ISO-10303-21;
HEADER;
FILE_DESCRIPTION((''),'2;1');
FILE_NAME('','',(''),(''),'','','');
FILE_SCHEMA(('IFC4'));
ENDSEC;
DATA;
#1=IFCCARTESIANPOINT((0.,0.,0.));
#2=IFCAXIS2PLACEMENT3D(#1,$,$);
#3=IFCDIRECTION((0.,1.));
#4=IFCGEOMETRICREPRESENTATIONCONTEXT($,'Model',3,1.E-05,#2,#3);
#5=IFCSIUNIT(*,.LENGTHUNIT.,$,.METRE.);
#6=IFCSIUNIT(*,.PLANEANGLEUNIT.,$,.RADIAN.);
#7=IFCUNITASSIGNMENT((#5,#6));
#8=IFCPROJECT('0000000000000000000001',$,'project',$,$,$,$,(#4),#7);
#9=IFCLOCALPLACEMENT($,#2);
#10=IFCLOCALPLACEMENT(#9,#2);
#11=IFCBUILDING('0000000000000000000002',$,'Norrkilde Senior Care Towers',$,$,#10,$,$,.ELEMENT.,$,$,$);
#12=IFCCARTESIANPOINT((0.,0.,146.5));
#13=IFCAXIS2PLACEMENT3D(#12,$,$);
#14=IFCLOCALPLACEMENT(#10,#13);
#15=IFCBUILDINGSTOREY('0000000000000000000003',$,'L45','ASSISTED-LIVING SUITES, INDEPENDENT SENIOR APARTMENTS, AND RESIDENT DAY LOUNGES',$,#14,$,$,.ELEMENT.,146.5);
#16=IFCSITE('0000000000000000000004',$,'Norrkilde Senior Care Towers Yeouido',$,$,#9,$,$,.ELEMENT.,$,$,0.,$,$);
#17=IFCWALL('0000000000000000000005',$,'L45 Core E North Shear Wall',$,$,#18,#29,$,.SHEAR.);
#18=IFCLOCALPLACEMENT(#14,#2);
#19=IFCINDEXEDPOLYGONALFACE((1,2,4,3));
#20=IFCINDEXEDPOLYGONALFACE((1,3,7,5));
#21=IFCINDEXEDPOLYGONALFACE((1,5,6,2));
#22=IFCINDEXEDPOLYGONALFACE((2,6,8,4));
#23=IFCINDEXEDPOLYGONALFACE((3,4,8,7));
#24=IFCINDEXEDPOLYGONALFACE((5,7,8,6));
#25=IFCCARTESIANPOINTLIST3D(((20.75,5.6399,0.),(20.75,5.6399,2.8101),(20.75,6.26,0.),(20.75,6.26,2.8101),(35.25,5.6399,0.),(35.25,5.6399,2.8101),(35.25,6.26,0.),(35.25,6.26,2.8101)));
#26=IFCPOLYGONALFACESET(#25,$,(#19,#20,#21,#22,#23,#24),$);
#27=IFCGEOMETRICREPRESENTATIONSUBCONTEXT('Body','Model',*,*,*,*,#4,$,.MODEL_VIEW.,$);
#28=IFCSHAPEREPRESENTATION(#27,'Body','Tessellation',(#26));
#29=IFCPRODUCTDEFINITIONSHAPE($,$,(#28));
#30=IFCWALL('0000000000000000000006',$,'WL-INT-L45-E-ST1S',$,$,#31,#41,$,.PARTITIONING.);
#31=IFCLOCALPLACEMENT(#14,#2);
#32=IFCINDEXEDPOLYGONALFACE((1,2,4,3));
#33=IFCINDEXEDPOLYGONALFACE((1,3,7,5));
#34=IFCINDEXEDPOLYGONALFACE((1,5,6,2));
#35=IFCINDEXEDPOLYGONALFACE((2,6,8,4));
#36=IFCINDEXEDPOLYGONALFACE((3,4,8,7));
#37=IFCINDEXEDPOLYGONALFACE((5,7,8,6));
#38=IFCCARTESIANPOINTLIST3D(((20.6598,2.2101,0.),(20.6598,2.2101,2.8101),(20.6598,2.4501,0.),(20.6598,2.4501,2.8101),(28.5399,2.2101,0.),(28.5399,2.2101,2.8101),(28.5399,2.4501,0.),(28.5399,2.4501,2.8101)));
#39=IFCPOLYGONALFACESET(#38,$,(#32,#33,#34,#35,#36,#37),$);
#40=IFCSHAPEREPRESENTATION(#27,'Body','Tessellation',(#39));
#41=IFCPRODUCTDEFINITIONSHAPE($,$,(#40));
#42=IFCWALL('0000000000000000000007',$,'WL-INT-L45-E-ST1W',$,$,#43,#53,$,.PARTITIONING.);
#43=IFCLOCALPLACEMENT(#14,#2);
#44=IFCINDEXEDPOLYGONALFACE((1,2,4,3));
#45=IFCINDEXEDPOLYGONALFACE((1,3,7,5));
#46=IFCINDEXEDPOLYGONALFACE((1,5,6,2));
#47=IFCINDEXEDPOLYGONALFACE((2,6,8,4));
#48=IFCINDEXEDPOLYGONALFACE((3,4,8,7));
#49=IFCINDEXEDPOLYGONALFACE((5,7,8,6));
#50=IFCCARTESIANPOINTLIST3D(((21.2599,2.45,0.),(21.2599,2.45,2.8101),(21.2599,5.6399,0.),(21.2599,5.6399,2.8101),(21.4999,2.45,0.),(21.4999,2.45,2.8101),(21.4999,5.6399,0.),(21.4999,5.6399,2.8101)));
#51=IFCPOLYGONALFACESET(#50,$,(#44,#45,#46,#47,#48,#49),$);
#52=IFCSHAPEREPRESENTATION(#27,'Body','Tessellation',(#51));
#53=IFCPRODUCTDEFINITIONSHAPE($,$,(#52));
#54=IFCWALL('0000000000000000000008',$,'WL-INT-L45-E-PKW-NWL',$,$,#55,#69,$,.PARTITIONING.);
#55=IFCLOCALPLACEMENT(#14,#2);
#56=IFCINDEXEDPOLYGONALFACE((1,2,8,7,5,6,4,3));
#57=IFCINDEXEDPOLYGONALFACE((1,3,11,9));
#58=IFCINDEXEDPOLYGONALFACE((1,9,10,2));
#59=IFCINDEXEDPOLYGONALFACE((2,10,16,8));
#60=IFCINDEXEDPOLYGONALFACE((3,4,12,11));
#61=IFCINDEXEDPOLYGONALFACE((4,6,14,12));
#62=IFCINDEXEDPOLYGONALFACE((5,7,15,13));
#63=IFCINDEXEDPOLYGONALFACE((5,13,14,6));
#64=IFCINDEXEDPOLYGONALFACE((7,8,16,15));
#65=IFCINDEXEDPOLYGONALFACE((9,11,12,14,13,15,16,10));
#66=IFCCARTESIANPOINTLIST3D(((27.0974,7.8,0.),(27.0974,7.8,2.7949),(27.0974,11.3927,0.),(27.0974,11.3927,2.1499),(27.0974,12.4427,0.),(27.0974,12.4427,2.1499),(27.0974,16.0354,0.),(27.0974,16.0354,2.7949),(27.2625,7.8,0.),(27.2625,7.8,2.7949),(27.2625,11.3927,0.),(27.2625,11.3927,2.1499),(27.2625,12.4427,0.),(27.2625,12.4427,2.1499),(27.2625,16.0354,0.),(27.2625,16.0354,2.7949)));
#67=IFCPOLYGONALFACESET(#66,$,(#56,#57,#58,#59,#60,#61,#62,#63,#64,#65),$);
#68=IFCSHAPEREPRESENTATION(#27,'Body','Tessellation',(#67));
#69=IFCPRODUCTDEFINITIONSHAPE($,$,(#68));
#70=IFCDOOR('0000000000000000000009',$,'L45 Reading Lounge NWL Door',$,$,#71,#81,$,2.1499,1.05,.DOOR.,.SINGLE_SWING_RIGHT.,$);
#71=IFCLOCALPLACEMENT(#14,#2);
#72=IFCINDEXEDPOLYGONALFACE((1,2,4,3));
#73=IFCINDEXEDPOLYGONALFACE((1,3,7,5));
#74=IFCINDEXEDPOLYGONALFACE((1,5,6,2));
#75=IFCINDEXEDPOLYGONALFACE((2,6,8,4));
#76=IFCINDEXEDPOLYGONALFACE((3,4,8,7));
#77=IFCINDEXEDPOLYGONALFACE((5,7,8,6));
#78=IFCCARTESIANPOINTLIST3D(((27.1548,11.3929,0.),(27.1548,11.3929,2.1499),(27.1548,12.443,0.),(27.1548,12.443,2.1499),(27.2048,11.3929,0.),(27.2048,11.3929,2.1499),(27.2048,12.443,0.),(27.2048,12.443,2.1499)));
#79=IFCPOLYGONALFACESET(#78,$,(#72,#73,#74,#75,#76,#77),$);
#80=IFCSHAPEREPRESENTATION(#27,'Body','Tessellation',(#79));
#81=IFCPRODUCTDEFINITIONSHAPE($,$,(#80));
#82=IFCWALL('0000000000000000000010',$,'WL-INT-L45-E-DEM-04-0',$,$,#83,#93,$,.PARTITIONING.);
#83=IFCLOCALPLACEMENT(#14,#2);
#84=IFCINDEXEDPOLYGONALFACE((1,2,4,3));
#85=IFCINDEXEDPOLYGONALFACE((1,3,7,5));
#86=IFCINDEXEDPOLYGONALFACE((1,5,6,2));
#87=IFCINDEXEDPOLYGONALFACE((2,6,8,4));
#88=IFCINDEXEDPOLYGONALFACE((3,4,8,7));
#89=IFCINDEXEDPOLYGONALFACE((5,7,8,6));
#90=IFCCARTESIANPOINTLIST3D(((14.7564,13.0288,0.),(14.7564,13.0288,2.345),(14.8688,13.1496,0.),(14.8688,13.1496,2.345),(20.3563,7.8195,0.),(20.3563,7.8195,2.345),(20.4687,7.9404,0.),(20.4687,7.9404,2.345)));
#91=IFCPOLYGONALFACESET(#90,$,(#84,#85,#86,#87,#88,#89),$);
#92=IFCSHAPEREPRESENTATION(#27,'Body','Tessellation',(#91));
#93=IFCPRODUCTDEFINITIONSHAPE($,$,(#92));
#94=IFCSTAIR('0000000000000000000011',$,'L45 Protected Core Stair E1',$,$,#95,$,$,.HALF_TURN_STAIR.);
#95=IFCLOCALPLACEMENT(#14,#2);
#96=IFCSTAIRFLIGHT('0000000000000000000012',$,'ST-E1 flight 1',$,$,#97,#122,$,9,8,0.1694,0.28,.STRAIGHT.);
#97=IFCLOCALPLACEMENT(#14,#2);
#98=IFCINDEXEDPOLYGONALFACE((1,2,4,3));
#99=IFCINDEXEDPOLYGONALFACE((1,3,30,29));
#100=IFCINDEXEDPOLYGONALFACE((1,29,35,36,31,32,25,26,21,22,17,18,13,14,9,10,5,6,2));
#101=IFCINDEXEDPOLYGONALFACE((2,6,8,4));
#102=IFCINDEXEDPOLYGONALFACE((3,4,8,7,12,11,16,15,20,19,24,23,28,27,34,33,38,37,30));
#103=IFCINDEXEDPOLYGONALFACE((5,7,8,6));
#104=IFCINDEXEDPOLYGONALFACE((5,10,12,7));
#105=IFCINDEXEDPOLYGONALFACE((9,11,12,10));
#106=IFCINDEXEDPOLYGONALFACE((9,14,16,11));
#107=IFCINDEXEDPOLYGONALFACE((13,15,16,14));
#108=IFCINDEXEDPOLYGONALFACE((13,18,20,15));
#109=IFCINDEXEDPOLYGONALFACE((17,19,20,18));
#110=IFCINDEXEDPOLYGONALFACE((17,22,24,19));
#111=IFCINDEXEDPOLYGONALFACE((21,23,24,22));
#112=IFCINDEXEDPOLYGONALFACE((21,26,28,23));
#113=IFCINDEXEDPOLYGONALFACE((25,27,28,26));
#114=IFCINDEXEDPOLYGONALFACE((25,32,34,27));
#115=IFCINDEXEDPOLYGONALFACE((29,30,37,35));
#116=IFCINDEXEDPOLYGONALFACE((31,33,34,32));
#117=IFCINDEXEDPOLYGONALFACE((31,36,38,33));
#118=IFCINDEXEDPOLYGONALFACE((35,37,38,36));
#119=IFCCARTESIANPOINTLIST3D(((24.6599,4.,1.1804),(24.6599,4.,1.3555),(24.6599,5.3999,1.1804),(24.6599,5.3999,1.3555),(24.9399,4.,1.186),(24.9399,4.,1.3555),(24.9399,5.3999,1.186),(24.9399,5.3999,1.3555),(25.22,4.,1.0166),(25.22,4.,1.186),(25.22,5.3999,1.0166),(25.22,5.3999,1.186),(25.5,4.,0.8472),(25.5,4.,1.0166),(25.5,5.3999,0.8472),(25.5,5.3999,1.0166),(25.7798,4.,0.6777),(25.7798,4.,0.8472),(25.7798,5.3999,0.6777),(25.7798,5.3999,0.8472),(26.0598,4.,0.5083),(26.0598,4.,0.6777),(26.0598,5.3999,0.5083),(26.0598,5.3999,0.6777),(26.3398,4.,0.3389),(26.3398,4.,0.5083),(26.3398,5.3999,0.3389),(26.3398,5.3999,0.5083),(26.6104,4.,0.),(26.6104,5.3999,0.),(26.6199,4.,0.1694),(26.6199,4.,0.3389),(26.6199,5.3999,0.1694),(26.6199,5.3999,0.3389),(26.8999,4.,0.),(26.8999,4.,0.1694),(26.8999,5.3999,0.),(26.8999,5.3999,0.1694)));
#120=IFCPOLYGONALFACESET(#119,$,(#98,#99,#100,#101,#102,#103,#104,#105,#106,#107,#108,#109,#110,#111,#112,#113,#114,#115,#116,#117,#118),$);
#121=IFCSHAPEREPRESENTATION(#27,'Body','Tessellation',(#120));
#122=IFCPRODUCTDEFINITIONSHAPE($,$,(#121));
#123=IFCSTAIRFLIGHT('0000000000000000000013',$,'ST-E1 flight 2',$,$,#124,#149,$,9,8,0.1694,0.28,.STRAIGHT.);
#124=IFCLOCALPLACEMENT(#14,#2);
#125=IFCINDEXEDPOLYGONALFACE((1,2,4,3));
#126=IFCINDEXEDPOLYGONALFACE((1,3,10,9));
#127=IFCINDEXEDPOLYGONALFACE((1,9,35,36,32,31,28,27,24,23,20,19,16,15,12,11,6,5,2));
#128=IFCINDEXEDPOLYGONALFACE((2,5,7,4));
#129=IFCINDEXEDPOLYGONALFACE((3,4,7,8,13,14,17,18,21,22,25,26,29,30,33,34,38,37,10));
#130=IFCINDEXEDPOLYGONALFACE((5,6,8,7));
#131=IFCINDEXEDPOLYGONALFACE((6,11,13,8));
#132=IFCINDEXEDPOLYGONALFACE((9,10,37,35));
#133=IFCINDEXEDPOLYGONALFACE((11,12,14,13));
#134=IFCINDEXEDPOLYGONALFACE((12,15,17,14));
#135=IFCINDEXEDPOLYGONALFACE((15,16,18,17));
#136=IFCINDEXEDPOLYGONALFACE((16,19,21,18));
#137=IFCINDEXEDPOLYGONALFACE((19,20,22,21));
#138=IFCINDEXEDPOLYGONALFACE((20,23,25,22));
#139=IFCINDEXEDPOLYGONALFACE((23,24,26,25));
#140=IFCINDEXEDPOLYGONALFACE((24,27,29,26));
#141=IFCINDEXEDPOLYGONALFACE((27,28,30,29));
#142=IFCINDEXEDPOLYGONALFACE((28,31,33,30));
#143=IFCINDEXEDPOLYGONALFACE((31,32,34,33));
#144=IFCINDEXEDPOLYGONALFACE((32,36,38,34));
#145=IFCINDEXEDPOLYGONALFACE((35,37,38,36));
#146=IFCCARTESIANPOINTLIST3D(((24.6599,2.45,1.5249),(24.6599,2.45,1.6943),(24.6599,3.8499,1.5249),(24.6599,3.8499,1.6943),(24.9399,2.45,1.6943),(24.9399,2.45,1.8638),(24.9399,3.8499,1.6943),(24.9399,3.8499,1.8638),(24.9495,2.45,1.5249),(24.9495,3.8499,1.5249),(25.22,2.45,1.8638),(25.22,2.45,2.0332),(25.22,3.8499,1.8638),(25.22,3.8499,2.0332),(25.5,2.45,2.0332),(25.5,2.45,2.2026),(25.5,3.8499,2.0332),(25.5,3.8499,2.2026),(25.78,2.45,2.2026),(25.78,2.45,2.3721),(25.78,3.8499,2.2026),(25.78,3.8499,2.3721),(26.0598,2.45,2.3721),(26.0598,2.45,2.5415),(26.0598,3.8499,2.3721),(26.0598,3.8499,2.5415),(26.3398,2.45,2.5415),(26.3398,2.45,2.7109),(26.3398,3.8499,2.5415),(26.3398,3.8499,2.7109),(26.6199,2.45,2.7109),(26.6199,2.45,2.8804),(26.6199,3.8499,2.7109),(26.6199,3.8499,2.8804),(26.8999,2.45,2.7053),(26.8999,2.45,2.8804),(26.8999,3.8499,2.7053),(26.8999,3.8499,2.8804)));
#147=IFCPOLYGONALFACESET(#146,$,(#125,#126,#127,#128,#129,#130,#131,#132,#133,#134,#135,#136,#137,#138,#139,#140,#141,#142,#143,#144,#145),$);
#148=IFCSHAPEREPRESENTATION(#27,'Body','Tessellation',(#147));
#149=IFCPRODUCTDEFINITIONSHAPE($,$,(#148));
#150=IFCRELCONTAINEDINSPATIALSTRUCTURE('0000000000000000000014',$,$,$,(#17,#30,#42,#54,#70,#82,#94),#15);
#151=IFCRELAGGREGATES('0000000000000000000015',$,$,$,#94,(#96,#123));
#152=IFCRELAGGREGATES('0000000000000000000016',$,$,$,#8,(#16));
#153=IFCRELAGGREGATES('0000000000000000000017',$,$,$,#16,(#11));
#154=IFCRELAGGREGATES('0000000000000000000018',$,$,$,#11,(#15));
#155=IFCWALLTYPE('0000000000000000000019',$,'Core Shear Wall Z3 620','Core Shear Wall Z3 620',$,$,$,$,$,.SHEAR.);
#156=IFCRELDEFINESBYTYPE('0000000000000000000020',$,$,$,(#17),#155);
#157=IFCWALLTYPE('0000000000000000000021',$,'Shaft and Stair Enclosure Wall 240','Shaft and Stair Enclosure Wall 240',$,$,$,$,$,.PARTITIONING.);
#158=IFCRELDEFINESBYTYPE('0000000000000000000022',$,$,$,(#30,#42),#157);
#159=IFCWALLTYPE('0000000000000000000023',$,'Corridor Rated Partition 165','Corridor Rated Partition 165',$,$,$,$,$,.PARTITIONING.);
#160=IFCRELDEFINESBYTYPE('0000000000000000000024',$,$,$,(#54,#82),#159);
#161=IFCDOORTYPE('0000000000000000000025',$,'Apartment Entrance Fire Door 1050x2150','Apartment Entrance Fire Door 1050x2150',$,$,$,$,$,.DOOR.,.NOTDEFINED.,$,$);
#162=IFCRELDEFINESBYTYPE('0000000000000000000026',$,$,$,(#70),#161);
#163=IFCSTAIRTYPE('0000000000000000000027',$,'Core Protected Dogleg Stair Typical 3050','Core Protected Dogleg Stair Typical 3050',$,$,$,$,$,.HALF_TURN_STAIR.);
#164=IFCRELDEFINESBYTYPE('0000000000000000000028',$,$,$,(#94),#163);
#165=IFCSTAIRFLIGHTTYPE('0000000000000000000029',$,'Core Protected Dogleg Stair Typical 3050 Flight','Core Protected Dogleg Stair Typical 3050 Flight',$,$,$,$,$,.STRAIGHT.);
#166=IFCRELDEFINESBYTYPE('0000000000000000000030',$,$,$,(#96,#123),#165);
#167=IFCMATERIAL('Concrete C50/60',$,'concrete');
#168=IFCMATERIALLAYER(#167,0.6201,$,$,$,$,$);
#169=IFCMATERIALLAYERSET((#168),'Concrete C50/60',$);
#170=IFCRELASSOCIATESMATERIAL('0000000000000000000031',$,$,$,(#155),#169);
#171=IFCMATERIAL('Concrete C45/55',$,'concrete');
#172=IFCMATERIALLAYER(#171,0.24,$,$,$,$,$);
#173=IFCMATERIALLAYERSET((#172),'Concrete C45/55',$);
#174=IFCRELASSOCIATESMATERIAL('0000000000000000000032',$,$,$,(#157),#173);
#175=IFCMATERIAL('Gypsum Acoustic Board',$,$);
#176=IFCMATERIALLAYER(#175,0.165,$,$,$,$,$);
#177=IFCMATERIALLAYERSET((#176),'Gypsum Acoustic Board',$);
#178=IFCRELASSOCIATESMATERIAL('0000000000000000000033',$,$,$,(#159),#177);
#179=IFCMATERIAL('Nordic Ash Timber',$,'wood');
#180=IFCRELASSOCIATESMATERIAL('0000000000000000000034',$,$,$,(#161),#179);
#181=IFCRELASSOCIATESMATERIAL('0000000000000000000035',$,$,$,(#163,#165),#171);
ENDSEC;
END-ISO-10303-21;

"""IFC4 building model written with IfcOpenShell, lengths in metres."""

from ifc_helpers import new_model, si_unit, direction, frame, frame_2d, origin, place, context, subcontext, project, spatial, polyline, rectangle, outline, extrude, source, transform, mapped, material, layer, layer_set, type_object, type_shapes, element, fill, aggregate, save


model = new_model("IFC4")

# Units and contexts
model_context = context("Model", 3, precision=1e-05, world=origin(), true_north=direction((0.0, 1.0)))
body_context = subcontext(model_context, "Body", "Model", "MODEL_VIEW")
ifc_project = project(units=[si_unit("LENGTHUNIT", "METRE"), si_unit("PLANEANGLEUNIT", "RADIAN")], contexts=[model_context])

# Site, building, storey
site_placement = place(None, origin())
site = spatial("IfcSite", under=ifc_project, at=site_placement, Name="Norrkilde Senior Care Towers Yeouido", CompositionType="ELEMENT", RefElevation=0.0)
building_placement = place(site_placement, origin())
building = spatial("IfcBuilding", under=site, at=building_placement, Name="Norrkilde Senior Care Towers", CompositionType="ELEMENT")
storey_placement = place(building_placement, frame((0.0, 0.0, 146.5)))
storey = spatial("IfcBuildingStorey", under=building, at=storey_placement, Name="L45", Description="ASSISTED-LIVING SUITES, INDEPENDENT SENIOR APARTMENTS, AND RESIDENT DAY LOUNGES", CompositionType="ELEMENT", Elevation=146.5)

# Shared definitions
ifc_material_1 = material(Name="Concrete C50/60", Category="concrete")

# Walls
ifc_layer_1 = layer(ifc_material_1, 0.6201)
ifc_layer_set_1 = layer_set([ifc_layer_1], Name="Concrete C50/60")
wall_type_1 = type_object("IfcWallType", Name="Core Shear Wall Z3 620", Description="Core Shear Wall Z3 620", PredefinedType="SHEAR", material=ifc_layer_set_1)
shared_shape_1 = source(origin(), body_context, "Body", "SweptSolid", [
    extrude(rectangle(XDim=14.5, YDim=0.6201, at=frame_2d((7.25, 0.0))), origin(), (0.0, 0.0, 1.0), 2.8101),
])
type_shapes(wall_type_1, [shared_shape_1])
wall_1_placement = place(storey_placement, frame((20.75, 5.95, 0.0), z_axis=(0.0, 0.0, 1.0), x_axis=(1.0, 0.0, 0.0)))
element("IfcWall", 1, at=wall_1_placement, inside=storey, type_object=wall_type_1, Name="L45 Core E North Shear Wall", PredefinedType="SHEAR", context=body_context, shape_type="MappedRepresentation", body=[
    mapped(shared_shape_1, transform((0.0, 0.0, 0.0), x_axis=(1.0, 0.0, 0.0), y_axis=(0.0, 1.0, 0.0), z_axis=(0.0, 0.0, 1.0), scale=1.0)),
])
ifc_material_2 = material(Name="Concrete C45/55", Category="concrete")
ifc_layer_2 = layer(ifc_material_2, 0.24)
ifc_layer_set_2 = layer_set([ifc_layer_2], Name="Concrete C45/55")
wall_type_2 = type_object("IfcWallType", Name="Shaft and Stair Enclosure Wall 240", Description="Shaft and Stair Enclosure Wall 240", PredefinedType="PARTITIONING", material=ifc_layer_set_2)
shared_shape_2 = source(origin(), body_context, "Body", "SweptSolid", [
    extrude(rectangle(XDim=7.8801, YDim=0.24, at=frame_2d((3.9399, 0.0))), origin(), (0.0, 0.0, 1.0), 2.8101),
])
wall_2_placement = place(storey_placement, frame((20.6599, 2.3301, 0.0), z_axis=(0.0, 0.0, 1.0), x_axis=(1.0, 0.0, 0.0)))
element("IfcWall", 2, at=wall_2_placement, inside=storey, type_object=wall_type_2, Name="WL-INT-L45-E-ST1S", PredefinedType="PARTITIONING", context=body_context, shape_type="MappedRepresentation", body=[
    mapped(shared_shape_2, transform((0.0, 0.0, 0.0), x_axis=(1.0, 0.0, 0.0), y_axis=(0.0, 1.0, 0.0), z_axis=(0.0, 0.0, 1.0), scale=1.0)),
])
shared_shape_3 = source(origin(), body_context, "Body", "SweptSolid", [
    extrude(rectangle(XDim=3.1899, YDim=0.24, at=frame_2d((1.595, 0.0))), origin(), (0.0, 0.0, 1.0), 2.8101),
])
type_shapes(wall_type_2, [shared_shape_2, shared_shape_3])
wall_3_placement = place(storey_placement, frame((21.3799, 2.45, 0.0), z_axis=(0.0, 0.0, 1.0), x_axis=(0.0, 1.0, 0.0)))
element("IfcWall", 3, at=wall_3_placement, inside=storey, type_object=wall_type_2, Name="WL-INT-L45-E-ST1W", PredefinedType="PARTITIONING", context=body_context, shape_type="MappedRepresentation", body=[
    mapped(shared_shape_3, transform((0.0, 0.0, 0.0), x_axis=(1.0, 0.0, 0.0), y_axis=(0.0, 1.0, 0.0), z_axis=(0.0, 0.0, 1.0), scale=1.0)),
])

# Wall, opening, door
ifc_material_3 = material(Name="Gypsum Acoustic Board")
ifc_layer_3 = layer(ifc_material_3, 0.165)
ifc_layer_set_3 = layer_set([ifc_layer_3], Name="Gypsum Acoustic Board")
wall_type_3 = type_object("IfcWallType", Name="Corridor Rated Partition 165", Description="Corridor Rated Partition 165", PredefinedType="PARTITIONING", material=ifc_layer_set_3)
shared_shape_4 = source(origin(), body_context, "Body", "SweptSolid", [
    extrude(rectangle(XDim=8.2354, YDim=0.165, at=frame_2d((4.1177, 0.0))), origin(), (0.0, 0.0, 1.0), 2.7949),
])
wall_4_placement = place(storey_placement, frame((27.1799, 7.8, 0.0), z_axis=(0.0, 0.0, 1.0), x_axis=(0.0, 1.0, 0.0)))
wall_4 = element("IfcWall", 4, at=wall_4_placement, inside=storey, type_object=wall_type_3, Name="WL-INT-L45-E-PKW-NWL", PredefinedType="PARTITIONING", context=body_context, shape_type="MappedRepresentation", body=[
    mapped(shared_shape_4, transform((0.0, 0.0, 0.0), x_axis=(1.0, 0.0, 0.0), y_axis=(0.0, 1.0, 0.0), z_axis=(0.0, 0.0, 1.0), scale=1.0)),
])
opening_placement = place(wall_4_placement, frame((3.5928, 0.0, 0.0)))
opening = element("IfcOpeningElement", 5, at=opening_placement, cuts=wall_4, PredefinedType="OPENING", context=body_context, shape_type="SweptSolid", body=[
    extrude(rectangle(XDim=1.05, YDim=2.1499, at=frame_2d((0.5249, 1.075))), frame((0.0, 0.0925, 0.0), z_axis=(0.0, -1.0, 0.0), x_axis=(1.0, 0.0, 0.0)), (0.0, 0.0, 1.0), 0.1851),
])
ifc_material_4 = material(Name="Nordic Ash Timber", Category="wood")
door_type = type_object("IfcDoorType", Name="Apartment Entrance Fire Door 1050x2150", Description="Apartment Entrance Fire Door 1050x2150", OperationType="NOTDEFINED", PredefinedType="DOOR", material=ifc_material_4)
shared_shape_5 = source(origin(), body_context, "Body", "SweptSolid", [
    extrude(rectangle(XDim=1.05, YDim=2.1499, at=frame_2d((0.5249, 1.075))), frame((0.0, 0.0249, 0.0), z_axis=(0.0, -1.0, 0.0), x_axis=(1.0, 0.0, 0.0)), (0.0, 0.0, 1.0), 0.05),
])
type_shapes(door_type, [shared_shape_5])
door_placement = place(opening_placement, frame((1.05, 0.0, 0.0), z_axis=(0.0, 0.0, 1.0), x_axis=(-1.0, 0.0, 0.0)))
door = element("IfcDoor", 6, at=door_placement, inside=storey, type_object=door_type, Name="L45 Reading Lounge NWL Door", OperationType="SINGLE_SWING_RIGHT", OverallHeight=2.1499, OverallWidth=1.05, PredefinedType="DOOR", context=body_context, shape_type="MappedRepresentation", body=[
    mapped(shared_shape_5, transform((0.0, 0.0, 0.0), x_axis=(1.0, 0.0, 0.0), y_axis=(0.0, 1.0, 0.0), z_axis=(0.0, 0.0, 1.0), scale=1.0)),
])
fill(opening, door)

# Wall
shared_shape_6 = source(origin(), body_context, "Body", "SweptSolid", [
    extrude(rectangle(XDim=7.6482, YDim=0.165, at=frame_2d((3.8242, 0.0))), origin(), (0.0, 0.0, 1.0), 2.345),
])
type_shapes(wall_type_3, [shared_shape_4, shared_shape_6])
wall_5_placement = place(storey_placement, frame((20.4126, 7.8799, 0.0), z_axis=(0.0, 0.0, 1.0), x_axis=(-0.732183, 0.681108, 0.0)))
element("IfcWall", 7, at=wall_5_placement, inside=storey, type_object=wall_type_3, Name="WL-INT-L45-E-DEM-04-0", PredefinedType="PARTITIONING", context=body_context, shape_type="MappedRepresentation", body=[
    mapped(shared_shape_6, transform((0.0, 0.0, 0.0), x_axis=(1.0, 0.0, 0.0), y_axis=(0.0, 1.0, 0.0), z_axis=(0.0, 0.0, 1.0), scale=1.0)),
])

# Stair, stair flights
stair_type = type_object("IfcStairType", Name="Core Protected Dogleg Stair Typical 3050", Description="Core Protected Dogleg Stair Typical 3050", PredefinedType="HALF_TURN_STAIR", material=ifc_material_2)
stair_placement = place(storey_placement, origin())
stair = element("IfcStair", 8, at=stair_placement, inside=storey, type_object=stair_type, Name="L45 Protected Core Stair E1", PredefinedType="HALF_TURN_STAIR")
stair_flight_type = type_object("IfcStairFlightType", Name="Core Protected Dogleg Stair Typical 3050 Flight", Description="Core Protected Dogleg Stair Typical 3050 Flight", PredefinedType="STRAIGHT", material=ifc_material_2)
stair_flight_1_placement = place(storey_placement, frame((26.8999, 4.7, 0.0), z_axis=(0.0, 0.0, 1.0), x_axis=(-1.0, 0.0, 0.0)))
stair_flight_1 = element("IfcStairFlight", 9, at=stair_flight_1_placement, type_object=stair_flight_type, Name="ST-E1 flight 1", NumberOfRisers=9, NumberOfTreads=8, PredefinedType="STRAIGHT", RiserHeight=0.1694, TreadLength=0.28, context=body_context, shape_type="SweptSolid", body=[
    extrude(outline(polyline([(0.0, 0.0), (0.0, 0.1694), (0.28, 0.1694), (0.28, 0.3389), (0.5601, 0.3389), (0.5601, 0.5083), (0.8401, 0.5083), (0.8401, 0.6777), (1.1201, 0.6777), (1.1201, 0.8472), (1.3999, 0.8472), (1.3999, 1.0166), (1.6799, 1.0166), (1.6799, 1.186), (1.96, 1.186), (1.96, 1.3555), (2.24, 1.3555), (2.24, 1.5249), (2.24, 1.1804), (0.2896, 0.0), (0.0, 0.0)])), frame((0.0, 0.7, 0.0), z_axis=(0.0, -1.0, 0.0), x_axis=(1.0, 0.0, 0.0)), (0.0, 0.0, 1.0), 1.3999),
])
stair_flight_2_placement = place(storey_placement, frame((24.6599, 3.1499, 1.5249), z_axis=(0.0, 0.0, 1.0), x_axis=(1.0, 0.0, 0.0)))
stair_flight_2 = element("IfcStairFlight", 10, at=stair_flight_2_placement, type_object=stair_flight_type, Name="ST-E1 flight 2", NumberOfRisers=9, NumberOfTreads=8, PredefinedType="STRAIGHT", RiserHeight=0.1694, TreadLength=0.28, context=body_context, shape_type="SweptSolid", body=[
    extrude(outline(polyline([(0.0, 0.0), (0.0, 0.1694), (0.28, 0.1694), (0.28, 0.3389), (0.5601, 0.3389), (0.5601, 0.5083), (0.8401, 0.5083), (0.8401, 0.6777), (1.1201, 0.6777), (1.1201, 0.8472), (1.3999, 0.8472), (1.3999, 1.0166), (1.6799, 1.0166), (1.6799, 1.186), (1.96, 1.186), (1.96, 1.3555), (2.24, 1.3555), (2.24, 1.5249), (2.24, 1.1804), (0.2896, 0.0), (0.0, 0.0)])), frame((0.0, 0.7, 0.0), z_axis=(0.0, -1.0, 0.0), x_axis=(1.0, 0.0, 0.0)), (0.0, 0.0, 1.0), 1.3999),
])
aggregate(stair, [stair_flight_1, stair_flight_2])

save(model, "model.ifc")
